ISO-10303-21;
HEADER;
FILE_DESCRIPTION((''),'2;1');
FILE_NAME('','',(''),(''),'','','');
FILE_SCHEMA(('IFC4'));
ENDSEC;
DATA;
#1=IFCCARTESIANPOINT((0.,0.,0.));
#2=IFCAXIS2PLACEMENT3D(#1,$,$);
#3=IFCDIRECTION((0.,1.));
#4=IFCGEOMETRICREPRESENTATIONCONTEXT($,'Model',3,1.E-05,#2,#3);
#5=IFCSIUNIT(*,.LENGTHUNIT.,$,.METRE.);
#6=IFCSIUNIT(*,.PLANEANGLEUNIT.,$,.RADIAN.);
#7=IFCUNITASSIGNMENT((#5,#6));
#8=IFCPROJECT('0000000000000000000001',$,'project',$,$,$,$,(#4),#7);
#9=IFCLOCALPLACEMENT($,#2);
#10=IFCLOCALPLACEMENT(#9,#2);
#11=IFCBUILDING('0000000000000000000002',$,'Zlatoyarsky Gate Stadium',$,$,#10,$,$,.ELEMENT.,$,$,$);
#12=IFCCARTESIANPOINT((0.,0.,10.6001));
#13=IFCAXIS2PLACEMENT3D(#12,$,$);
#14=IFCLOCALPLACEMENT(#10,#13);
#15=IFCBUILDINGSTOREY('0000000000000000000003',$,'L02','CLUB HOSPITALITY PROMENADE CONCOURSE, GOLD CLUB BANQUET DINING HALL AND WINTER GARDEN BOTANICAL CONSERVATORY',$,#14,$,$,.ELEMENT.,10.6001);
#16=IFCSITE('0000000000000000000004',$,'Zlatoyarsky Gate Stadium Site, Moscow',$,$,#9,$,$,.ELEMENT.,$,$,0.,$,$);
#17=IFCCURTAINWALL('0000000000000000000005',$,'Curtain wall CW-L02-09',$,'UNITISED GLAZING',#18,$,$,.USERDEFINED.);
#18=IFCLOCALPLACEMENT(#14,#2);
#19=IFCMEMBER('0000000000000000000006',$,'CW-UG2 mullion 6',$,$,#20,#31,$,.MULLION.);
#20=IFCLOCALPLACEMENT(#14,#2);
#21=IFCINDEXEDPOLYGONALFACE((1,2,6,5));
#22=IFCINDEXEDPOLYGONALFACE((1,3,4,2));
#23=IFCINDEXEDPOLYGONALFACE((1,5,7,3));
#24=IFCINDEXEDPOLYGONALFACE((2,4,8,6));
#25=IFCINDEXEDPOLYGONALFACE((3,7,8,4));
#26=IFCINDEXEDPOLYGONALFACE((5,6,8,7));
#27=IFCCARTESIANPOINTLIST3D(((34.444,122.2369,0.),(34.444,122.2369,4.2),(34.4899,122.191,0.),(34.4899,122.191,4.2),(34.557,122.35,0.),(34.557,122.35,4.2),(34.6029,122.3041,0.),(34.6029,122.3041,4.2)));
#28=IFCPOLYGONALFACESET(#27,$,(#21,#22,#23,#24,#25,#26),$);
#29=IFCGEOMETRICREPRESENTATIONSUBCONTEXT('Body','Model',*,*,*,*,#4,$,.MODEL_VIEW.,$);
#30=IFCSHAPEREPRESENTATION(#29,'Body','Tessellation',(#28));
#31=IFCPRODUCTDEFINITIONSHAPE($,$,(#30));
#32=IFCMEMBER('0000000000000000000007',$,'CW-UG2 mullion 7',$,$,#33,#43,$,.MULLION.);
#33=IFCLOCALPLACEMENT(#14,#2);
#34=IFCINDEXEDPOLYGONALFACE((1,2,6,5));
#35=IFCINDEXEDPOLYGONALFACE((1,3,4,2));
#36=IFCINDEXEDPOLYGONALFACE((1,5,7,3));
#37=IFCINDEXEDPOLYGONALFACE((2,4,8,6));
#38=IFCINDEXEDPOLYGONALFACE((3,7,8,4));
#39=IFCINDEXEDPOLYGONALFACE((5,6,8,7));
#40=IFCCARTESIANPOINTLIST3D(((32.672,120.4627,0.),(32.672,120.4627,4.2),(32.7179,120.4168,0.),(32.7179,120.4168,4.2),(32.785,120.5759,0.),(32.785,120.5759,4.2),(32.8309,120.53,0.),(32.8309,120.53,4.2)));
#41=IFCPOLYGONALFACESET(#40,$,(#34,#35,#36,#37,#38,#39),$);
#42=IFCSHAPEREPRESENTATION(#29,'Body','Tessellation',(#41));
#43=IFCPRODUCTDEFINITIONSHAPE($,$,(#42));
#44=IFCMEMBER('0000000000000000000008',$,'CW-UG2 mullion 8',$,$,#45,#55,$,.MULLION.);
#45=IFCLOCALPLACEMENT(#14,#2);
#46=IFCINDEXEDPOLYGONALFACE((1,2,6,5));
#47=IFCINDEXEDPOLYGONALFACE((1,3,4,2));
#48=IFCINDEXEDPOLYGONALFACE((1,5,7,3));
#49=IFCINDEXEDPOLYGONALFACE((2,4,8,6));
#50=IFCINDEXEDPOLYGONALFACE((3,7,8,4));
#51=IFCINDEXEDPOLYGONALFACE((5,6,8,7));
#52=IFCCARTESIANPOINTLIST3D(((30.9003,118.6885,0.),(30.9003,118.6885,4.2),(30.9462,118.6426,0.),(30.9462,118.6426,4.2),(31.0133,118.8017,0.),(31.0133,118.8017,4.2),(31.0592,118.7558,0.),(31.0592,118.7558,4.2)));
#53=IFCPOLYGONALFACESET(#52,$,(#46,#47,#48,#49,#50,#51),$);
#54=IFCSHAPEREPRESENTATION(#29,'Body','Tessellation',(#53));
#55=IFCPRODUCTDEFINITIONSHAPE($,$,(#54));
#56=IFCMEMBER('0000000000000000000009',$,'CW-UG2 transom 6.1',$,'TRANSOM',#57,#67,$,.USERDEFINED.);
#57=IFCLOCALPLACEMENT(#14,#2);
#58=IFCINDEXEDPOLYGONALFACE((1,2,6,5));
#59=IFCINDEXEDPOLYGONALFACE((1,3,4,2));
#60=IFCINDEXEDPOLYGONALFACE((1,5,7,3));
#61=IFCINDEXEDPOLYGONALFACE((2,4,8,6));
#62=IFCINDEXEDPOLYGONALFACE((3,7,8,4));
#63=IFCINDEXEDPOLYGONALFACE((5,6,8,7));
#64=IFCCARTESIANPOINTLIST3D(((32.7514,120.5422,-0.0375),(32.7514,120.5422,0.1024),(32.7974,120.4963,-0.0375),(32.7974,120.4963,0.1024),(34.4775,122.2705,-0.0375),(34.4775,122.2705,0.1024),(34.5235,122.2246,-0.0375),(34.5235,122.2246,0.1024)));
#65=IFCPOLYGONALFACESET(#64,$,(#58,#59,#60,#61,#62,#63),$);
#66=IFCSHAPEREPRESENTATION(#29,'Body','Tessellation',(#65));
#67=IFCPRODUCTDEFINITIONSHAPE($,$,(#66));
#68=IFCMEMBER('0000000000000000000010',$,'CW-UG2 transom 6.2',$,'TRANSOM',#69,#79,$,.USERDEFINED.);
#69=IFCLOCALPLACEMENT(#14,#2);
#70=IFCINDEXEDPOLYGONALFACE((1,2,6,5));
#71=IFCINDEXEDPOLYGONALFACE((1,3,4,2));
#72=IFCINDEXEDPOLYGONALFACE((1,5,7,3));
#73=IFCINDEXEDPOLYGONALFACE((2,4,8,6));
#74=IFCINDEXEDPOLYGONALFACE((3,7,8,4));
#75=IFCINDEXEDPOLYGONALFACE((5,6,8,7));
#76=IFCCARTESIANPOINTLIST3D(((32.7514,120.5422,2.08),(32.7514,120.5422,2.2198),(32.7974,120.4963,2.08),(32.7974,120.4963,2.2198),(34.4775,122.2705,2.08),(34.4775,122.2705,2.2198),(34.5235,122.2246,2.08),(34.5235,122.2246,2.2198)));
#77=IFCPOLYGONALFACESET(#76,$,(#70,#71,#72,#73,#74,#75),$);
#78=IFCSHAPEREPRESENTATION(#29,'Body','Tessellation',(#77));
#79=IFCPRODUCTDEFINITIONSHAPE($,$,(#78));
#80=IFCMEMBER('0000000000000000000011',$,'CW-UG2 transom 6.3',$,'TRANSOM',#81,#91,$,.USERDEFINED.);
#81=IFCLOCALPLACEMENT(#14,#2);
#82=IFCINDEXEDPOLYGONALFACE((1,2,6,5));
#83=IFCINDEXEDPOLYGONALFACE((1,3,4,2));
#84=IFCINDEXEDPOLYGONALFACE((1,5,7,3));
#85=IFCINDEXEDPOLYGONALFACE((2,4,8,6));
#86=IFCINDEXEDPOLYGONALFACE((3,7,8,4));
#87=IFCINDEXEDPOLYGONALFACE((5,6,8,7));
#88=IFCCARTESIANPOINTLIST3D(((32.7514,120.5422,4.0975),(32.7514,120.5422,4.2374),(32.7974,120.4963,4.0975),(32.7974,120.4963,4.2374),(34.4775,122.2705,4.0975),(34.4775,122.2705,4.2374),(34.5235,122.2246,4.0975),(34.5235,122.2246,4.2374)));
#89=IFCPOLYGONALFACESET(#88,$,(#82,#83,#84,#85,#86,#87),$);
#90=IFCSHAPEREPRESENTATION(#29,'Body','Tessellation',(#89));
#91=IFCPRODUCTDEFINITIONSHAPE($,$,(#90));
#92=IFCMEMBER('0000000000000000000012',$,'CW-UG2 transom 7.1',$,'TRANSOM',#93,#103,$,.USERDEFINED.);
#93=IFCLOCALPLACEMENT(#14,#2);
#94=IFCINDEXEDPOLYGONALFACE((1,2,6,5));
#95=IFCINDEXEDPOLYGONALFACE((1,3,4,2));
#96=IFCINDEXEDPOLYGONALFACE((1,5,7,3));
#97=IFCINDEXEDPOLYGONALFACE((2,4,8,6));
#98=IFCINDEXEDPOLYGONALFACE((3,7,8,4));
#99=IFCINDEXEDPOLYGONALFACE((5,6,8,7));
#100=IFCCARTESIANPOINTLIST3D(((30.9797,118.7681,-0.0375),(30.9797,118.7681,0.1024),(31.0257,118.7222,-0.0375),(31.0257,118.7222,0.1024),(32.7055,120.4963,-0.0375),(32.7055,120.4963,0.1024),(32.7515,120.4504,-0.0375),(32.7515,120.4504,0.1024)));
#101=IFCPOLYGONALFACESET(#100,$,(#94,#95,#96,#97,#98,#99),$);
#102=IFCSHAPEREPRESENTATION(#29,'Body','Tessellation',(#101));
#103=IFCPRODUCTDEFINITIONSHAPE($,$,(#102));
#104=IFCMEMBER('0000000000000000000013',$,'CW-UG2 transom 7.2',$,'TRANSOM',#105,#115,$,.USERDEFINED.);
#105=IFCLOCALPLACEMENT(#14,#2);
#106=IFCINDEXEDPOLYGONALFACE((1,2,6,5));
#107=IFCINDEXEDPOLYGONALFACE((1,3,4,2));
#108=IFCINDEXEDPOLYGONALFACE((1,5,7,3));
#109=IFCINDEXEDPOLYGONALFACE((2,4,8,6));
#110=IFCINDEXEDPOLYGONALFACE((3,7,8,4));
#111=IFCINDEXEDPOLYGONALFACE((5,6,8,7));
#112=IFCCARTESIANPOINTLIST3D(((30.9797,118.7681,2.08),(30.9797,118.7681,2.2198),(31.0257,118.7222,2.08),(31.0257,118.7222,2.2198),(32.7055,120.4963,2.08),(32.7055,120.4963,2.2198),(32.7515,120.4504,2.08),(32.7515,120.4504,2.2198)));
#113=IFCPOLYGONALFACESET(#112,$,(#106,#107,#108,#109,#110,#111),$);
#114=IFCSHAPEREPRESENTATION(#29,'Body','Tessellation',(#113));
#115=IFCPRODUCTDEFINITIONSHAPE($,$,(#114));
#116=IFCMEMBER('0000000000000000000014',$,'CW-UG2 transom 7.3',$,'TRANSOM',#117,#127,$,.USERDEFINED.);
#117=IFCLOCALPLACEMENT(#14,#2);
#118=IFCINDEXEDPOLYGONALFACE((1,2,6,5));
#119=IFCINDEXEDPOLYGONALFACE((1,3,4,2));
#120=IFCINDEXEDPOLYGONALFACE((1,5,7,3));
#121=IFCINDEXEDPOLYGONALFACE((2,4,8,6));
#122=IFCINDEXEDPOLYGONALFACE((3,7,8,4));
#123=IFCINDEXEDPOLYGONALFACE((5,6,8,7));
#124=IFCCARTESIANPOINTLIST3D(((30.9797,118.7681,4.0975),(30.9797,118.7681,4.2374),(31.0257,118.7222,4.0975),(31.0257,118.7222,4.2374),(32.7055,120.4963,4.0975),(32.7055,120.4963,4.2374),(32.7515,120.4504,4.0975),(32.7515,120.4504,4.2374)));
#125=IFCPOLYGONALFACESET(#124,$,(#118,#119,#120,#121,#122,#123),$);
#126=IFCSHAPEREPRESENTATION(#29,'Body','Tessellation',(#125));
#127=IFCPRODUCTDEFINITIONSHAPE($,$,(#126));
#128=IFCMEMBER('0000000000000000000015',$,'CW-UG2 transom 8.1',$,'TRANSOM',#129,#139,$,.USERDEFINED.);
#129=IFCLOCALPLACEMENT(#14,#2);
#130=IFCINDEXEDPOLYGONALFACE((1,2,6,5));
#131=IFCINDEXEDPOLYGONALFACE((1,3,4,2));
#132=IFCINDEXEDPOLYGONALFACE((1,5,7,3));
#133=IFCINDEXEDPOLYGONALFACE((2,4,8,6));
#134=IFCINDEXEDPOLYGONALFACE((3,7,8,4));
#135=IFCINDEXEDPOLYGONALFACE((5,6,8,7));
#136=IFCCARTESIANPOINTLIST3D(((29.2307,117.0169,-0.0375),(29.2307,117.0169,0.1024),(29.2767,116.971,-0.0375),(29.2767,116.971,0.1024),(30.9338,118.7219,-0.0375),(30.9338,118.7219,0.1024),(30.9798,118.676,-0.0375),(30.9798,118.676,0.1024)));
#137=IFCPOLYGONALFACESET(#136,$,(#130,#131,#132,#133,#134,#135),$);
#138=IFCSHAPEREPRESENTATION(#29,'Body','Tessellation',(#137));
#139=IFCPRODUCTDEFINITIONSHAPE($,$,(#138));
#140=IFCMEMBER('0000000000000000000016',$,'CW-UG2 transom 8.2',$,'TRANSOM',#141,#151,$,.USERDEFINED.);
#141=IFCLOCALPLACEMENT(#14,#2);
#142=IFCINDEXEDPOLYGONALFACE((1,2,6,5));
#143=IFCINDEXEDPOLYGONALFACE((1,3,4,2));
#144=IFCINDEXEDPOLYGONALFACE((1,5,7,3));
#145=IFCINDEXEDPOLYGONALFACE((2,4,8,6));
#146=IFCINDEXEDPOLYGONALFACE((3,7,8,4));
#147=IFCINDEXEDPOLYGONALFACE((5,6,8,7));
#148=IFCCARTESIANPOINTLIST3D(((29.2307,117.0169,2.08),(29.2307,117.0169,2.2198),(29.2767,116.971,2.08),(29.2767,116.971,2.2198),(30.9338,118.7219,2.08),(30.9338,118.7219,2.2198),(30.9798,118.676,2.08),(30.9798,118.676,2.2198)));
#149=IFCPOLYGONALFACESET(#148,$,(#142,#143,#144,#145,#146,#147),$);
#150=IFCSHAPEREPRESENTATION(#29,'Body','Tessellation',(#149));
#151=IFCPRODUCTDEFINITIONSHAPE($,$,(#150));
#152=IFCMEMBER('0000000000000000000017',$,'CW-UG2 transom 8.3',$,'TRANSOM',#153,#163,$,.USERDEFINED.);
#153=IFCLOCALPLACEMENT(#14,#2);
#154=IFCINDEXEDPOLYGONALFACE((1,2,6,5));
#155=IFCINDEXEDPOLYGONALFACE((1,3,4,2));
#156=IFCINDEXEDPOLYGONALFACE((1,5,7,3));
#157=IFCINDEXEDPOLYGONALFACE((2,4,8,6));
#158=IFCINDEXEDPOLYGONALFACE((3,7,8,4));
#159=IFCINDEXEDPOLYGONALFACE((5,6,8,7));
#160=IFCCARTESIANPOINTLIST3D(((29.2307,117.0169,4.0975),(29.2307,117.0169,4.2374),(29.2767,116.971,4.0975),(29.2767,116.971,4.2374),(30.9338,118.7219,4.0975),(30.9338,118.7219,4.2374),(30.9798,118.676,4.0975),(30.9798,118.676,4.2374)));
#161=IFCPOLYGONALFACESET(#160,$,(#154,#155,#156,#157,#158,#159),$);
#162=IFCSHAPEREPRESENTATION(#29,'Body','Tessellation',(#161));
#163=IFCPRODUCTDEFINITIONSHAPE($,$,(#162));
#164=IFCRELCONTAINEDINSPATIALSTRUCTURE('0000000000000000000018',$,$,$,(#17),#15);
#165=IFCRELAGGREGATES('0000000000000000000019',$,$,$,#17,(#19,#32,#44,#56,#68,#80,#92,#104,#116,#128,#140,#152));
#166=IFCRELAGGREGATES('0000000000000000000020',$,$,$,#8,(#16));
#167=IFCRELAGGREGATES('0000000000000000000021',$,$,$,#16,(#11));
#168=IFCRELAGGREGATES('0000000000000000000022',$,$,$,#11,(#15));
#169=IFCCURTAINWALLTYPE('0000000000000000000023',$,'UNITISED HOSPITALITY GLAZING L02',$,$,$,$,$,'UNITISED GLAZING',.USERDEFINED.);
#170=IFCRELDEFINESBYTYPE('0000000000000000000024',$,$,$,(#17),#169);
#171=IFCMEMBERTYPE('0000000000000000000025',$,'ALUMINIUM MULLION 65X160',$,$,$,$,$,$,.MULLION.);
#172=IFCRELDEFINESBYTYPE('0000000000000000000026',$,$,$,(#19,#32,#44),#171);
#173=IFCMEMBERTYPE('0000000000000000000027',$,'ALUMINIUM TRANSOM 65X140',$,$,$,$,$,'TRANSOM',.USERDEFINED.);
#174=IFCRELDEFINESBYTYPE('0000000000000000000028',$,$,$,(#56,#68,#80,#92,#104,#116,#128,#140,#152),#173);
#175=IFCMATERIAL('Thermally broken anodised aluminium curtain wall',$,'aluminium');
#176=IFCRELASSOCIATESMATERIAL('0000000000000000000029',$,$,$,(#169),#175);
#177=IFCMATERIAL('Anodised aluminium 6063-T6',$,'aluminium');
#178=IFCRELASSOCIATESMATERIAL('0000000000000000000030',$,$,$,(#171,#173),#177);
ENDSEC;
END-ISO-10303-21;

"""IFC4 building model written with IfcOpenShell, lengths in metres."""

from ifc_helpers import new_model, si_unit, direction, frame, origin, origin_2d, place, context, subcontext, project, spatial, rectangle, extrude, material, material_profile, profile_set, type_object, element, aggregate, save


model = new_model("IFC4")

# Units and contexts
model_context = context("Model", 3, precision=1e-05, world=origin(), true_north=direction((0.0, 1.0)))
body_context = subcontext(model_context, "Body", "Model", "MODEL_VIEW")
ifc_project = project(units=[si_unit("LENGTHUNIT", "METRE"), si_unit("PLANEANGLEUNIT", "RADIAN")], contexts=[model_context])

# Site, building, storey
site_placement = place(None, origin())
site = spatial("IfcSite", under=ifc_project, at=site_placement, Name="Zlatoyarsky Gate Stadium Site, Moscow", CompositionType="ELEMENT", RefElevation=0.0)
building_placement = place(site_placement, origin())
building = spatial("IfcBuilding", under=site, at=building_placement, Name="Zlatoyarsky Gate Stadium", CompositionType="ELEMENT")
storey_placement = place(building_placement, frame((0.0, 0.0, 10.6001)))
storey = spatial("IfcBuildingStorey", under=building, at=storey_placement, Name="L02", Description="CLUB HOSPITALITY PROMENADE CONCOURSE, GOLD CLUB BANQUET DINING HALL AND WINTER GARDEN BOTANICAL CONSERVATORY", CompositionType="ELEMENT", Elevation=10.6001)

# Curtain wall, members
ifc_material_1 = material(Name="Thermally broken anodised aluminium curtain wall", Category="aluminium")
curtain_wall_type = type_object("IfcCurtainWallType", Name="UNITISED HOSPITALITY GLAZING L02", ElementType="UNITISED GLAZING", PredefinedType="USERDEFINED", material=ifc_material_1)
curtain_wall_placement = place(storey_placement, origin())
curtain_wall = element("IfcCurtainWall", 1, at=curtain_wall_placement, inside=storey, type_object=curtain_wall_type, Name="Curtain wall CW-L02-09", ObjectType="UNITISED GLAZING", PredefinedType="USERDEFINED")
ifc_material_2 = material(Name="Anodised aluminium 6063-T6", Category="aluminium")
ifc_material_profile_1 = material_profile(ifc_material_2, rectangle(XDim=0.0649, YDim=0.1599, at=origin_2d()), Name="ALU 65X160")
ifc_profile_set_1 = profile_set([ifc_material_profile_1], Name="Anodised aluminium 6063-T6")
member_type_1 = type_object("IfcMemberType", Name="ALUMINIUM MULLION 65X160", PredefinedType="MULLION", material=ifc_profile_set_1)
member_1_placement = place(storey_placement, frame((34.5234, 122.2705, 0.0), z_axis=(0.0, 0.0, 1.0), x_axis=(0.707588, -0.706626, 0.0)))
member_1 = element("IfcMember", 2, at=member_1_placement, type_object=member_type_1, Name="CW-UG2 mullion 6", PredefinedType="MULLION", context=body_context, shape_type="SweptSolid", body=[
    extrude(rectangle(XDim=0.0649, YDim=0.1599, at=origin_2d()), origin(), (0.0, 0.0, 1.0), 4.2),
])
member_2_placement = place(storey_placement, frame((32.7515, 120.4963, 0.0), z_axis=(0.0, 0.0, 1.0), x_axis=(0.707588, -0.706626, 0.0)))
member_2 = element("IfcMember", 3, at=member_2_placement, type_object=member_type_1, Name="CW-UG2 mullion 7", PredefinedType="MULLION", context=body_context, shape_type="SweptSolid", body=[
    extrude(rectangle(XDim=0.0649, YDim=0.1599, at=origin_2d()), origin(), (0.0, 0.0, 1.0), 4.2),
])
member_3_placement = place(storey_placement, frame((30.9797, 118.7222, 0.0), z_axis=(0.0, 0.0, 1.0), x_axis=(0.707588, -0.706626, 0.0)))
member_3 = element("IfcMember", 4, at=member_3_placement, type_object=member_type_1, Name="CW-UG2 mullion 8", PredefinedType="MULLION", context=body_context, shape_type="SweptSolid", body=[
    extrude(rectangle(XDim=0.0649, YDim=0.1599, at=origin_2d()), origin(), (0.0, 0.0, 1.0), 4.2),
])
ifc_material_profile_2 = material_profile(ifc_material_2, rectangle(XDim=0.0649, YDim=0.1399, at=origin_2d()), Name="ALU 65X140")
ifc_profile_set_2 = profile_set([ifc_material_profile_2], Name="Anodised aluminium 6063-T6")
member_type_2 = type_object("IfcMemberType", Name="ALUMINIUM TRANSOM 65X140", ElementType="TRANSOM", PredefinedType="USERDEFINED", material=ifc_profile_set_2)
member_4_placement = place(storey_placement, frame((34.5005, 122.2476, 0.0325), z_axis=(-0.706657, -0.707556, 0.0), x_axis=(0.707556, -0.706657, 0.0)))
member_4 = element("IfcMember", 5, at=member_4_placement, type_object=member_type_2, Name="CW-UG2 transom 6.1", ObjectType="TRANSOM", PredefinedType="USERDEFINED", context=body_context, shape_type="SweptSolid", body=[
    extrude(rectangle(XDim=0.0649, YDim=0.1399, at=origin_2d()), origin(), (0.0, 0.0, 1.0), 2.4426),
])
member_5_placement = place(storey_placement, frame((34.5005, 122.2476, 2.1499), z_axis=(-0.706657, -0.707556, 0.0), x_axis=(0.707556, -0.706657, 0.0)))
member_5 = element("IfcMember", 6, at=member_5_placement, type_object=member_type_2, Name="CW-UG2 transom 6.2", ObjectType="TRANSOM", PredefinedType="USERDEFINED", context=body_context, shape_type="SweptSolid", body=[
    extrude(rectangle(XDim=0.0649, YDim=0.1399, at=origin_2d()), origin(), (0.0, 0.0, 1.0), 2.4426),
])
member_6_placement = place(storey_placement, frame((34.5005, 122.2476, 4.1675), z_axis=(-0.706657, -0.707556, 0.0), x_axis=(0.707556, -0.706657, 0.0)))
member_6 = element("IfcMember", 7, at=member_6_placement, type_object=member_type_2, Name="CW-UG2 transom 6.3", ObjectType="TRANSOM", PredefinedType="USERDEFINED", context=body_context, shape_type="SweptSolid", body=[
    extrude(rectangle(XDim=0.0649, YDim=0.1399, at=origin_2d()), origin(), (0.0, 0.0, 1.0), 2.4426),
])
member_7_placement = place(storey_placement, frame((32.7285, 120.4734, 0.0325), z_axis=(-0.706607, -0.707606, 0.0), x_axis=(0.707606, -0.706607, 0.0)))
member_7 = element("IfcMember", 8, at=member_7_placement, type_object=member_type_2, Name="CW-UG2 transom 7.1", ObjectType="TRANSOM", PredefinedType="USERDEFINED", context=body_context, shape_type="SweptSolid", body=[
    extrude(rectangle(XDim=0.0649, YDim=0.1399, at=origin_2d()), origin(), (0.0, 0.0, 1.0), 2.4424),
])
member_8_placement = place(storey_placement, frame((32.7285, 120.4734, 2.1499), z_axis=(-0.706607, -0.707606, 0.0), x_axis=(0.707606, -0.706607, 0.0)))
member_8 = element("IfcMember", 9, at=member_8_placement, type_object=member_type_2, Name="CW-UG2 transom 7.2", ObjectType="TRANSOM", PredefinedType="USERDEFINED", context=body_context, shape_type="SweptSolid", body=[
    extrude(rectangle(XDim=0.0649, YDim=0.1399, at=origin_2d()), origin(), (0.0, 0.0, 1.0), 2.4424),
])
member_9_placement = place(storey_placement, frame((32.7285, 120.4734, 4.1675), z_axis=(-0.706607, -0.707606, 0.0), x_axis=(0.707606, -0.706607, 0.0)))
member_9 = element("IfcMember", 10, at=member_9_placement, type_object=member_type_2, Name="CW-UG2 transom 7.3", ObjectType="TRANSOM", PredefinedType="USERDEFINED", context=body_context, shape_type="SweptSolid", body=[
    extrude(rectangle(XDim=0.0649, YDim=0.1399, at=origin_2d()), origin(), (0.0, 0.0, 1.0), 2.4424),
])
member_10_placement = place(storey_placement, frame((30.9568, 118.699, 0.0325), z_axis=(-0.706701, -0.707512, 0.0), x_axis=(0.707512, -0.706701, 0.0)))
member_10 = element("IfcMember", 11, at=member_10_placement, type_object=member_type_2, Name="CW-UG2 transom 8.1", ObjectType="TRANSOM", PredefinedType="USERDEFINED", context=body_context, shape_type="SweptSolid", body=[
    extrude(rectangle(XDim=0.0649, YDim=0.1399, at=origin_2d()), origin(), (0.0, 0.0, 1.0), 2.4099),
])
member_11_placement = place(storey_placement, frame((30.9568, 118.699, 2.1499), z_axis=(-0.706701, -0.707512, 0.0), x_axis=(0.707512, -0.706701, 0.0)))
member_11 = element("IfcMember", 12, at=member_11_placement, type_object=member_type_2, Name="CW-UG2 transom 8.2", ObjectType="TRANSOM", PredefinedType="USERDEFINED", context=body_context, shape_type="SweptSolid", body=[
    extrude(rectangle(XDim=0.0649, YDim=0.1399, at=origin_2d()), origin(), (0.0, 0.0, 1.0), 2.4099),
])
member_12_placement = place(storey_placement, frame((30.9568, 118.699, 4.1675), z_axis=(-0.706701, -0.707512, 0.0), x_axis=(0.707512, -0.706701, 0.0)))
member_12 = element("IfcMember", 13, at=member_12_placement, type_object=member_type_2, Name="CW-UG2 transom 8.3", ObjectType="TRANSOM", PredefinedType="USERDEFINED", context=body_context, shape_type="SweptSolid", body=[
    extrude(rectangle(XDim=0.0649, YDim=0.1399, at=origin_2d()), origin(), (0.0, 0.0, 1.0), 2.4099),
])

aggregate(curtain_wall, [member_1, member_2, member_3, member_4, member_5, member_6, member_7, member_8, member_9, member_10, member_11, member_12])

save(model, "model.ifc")
